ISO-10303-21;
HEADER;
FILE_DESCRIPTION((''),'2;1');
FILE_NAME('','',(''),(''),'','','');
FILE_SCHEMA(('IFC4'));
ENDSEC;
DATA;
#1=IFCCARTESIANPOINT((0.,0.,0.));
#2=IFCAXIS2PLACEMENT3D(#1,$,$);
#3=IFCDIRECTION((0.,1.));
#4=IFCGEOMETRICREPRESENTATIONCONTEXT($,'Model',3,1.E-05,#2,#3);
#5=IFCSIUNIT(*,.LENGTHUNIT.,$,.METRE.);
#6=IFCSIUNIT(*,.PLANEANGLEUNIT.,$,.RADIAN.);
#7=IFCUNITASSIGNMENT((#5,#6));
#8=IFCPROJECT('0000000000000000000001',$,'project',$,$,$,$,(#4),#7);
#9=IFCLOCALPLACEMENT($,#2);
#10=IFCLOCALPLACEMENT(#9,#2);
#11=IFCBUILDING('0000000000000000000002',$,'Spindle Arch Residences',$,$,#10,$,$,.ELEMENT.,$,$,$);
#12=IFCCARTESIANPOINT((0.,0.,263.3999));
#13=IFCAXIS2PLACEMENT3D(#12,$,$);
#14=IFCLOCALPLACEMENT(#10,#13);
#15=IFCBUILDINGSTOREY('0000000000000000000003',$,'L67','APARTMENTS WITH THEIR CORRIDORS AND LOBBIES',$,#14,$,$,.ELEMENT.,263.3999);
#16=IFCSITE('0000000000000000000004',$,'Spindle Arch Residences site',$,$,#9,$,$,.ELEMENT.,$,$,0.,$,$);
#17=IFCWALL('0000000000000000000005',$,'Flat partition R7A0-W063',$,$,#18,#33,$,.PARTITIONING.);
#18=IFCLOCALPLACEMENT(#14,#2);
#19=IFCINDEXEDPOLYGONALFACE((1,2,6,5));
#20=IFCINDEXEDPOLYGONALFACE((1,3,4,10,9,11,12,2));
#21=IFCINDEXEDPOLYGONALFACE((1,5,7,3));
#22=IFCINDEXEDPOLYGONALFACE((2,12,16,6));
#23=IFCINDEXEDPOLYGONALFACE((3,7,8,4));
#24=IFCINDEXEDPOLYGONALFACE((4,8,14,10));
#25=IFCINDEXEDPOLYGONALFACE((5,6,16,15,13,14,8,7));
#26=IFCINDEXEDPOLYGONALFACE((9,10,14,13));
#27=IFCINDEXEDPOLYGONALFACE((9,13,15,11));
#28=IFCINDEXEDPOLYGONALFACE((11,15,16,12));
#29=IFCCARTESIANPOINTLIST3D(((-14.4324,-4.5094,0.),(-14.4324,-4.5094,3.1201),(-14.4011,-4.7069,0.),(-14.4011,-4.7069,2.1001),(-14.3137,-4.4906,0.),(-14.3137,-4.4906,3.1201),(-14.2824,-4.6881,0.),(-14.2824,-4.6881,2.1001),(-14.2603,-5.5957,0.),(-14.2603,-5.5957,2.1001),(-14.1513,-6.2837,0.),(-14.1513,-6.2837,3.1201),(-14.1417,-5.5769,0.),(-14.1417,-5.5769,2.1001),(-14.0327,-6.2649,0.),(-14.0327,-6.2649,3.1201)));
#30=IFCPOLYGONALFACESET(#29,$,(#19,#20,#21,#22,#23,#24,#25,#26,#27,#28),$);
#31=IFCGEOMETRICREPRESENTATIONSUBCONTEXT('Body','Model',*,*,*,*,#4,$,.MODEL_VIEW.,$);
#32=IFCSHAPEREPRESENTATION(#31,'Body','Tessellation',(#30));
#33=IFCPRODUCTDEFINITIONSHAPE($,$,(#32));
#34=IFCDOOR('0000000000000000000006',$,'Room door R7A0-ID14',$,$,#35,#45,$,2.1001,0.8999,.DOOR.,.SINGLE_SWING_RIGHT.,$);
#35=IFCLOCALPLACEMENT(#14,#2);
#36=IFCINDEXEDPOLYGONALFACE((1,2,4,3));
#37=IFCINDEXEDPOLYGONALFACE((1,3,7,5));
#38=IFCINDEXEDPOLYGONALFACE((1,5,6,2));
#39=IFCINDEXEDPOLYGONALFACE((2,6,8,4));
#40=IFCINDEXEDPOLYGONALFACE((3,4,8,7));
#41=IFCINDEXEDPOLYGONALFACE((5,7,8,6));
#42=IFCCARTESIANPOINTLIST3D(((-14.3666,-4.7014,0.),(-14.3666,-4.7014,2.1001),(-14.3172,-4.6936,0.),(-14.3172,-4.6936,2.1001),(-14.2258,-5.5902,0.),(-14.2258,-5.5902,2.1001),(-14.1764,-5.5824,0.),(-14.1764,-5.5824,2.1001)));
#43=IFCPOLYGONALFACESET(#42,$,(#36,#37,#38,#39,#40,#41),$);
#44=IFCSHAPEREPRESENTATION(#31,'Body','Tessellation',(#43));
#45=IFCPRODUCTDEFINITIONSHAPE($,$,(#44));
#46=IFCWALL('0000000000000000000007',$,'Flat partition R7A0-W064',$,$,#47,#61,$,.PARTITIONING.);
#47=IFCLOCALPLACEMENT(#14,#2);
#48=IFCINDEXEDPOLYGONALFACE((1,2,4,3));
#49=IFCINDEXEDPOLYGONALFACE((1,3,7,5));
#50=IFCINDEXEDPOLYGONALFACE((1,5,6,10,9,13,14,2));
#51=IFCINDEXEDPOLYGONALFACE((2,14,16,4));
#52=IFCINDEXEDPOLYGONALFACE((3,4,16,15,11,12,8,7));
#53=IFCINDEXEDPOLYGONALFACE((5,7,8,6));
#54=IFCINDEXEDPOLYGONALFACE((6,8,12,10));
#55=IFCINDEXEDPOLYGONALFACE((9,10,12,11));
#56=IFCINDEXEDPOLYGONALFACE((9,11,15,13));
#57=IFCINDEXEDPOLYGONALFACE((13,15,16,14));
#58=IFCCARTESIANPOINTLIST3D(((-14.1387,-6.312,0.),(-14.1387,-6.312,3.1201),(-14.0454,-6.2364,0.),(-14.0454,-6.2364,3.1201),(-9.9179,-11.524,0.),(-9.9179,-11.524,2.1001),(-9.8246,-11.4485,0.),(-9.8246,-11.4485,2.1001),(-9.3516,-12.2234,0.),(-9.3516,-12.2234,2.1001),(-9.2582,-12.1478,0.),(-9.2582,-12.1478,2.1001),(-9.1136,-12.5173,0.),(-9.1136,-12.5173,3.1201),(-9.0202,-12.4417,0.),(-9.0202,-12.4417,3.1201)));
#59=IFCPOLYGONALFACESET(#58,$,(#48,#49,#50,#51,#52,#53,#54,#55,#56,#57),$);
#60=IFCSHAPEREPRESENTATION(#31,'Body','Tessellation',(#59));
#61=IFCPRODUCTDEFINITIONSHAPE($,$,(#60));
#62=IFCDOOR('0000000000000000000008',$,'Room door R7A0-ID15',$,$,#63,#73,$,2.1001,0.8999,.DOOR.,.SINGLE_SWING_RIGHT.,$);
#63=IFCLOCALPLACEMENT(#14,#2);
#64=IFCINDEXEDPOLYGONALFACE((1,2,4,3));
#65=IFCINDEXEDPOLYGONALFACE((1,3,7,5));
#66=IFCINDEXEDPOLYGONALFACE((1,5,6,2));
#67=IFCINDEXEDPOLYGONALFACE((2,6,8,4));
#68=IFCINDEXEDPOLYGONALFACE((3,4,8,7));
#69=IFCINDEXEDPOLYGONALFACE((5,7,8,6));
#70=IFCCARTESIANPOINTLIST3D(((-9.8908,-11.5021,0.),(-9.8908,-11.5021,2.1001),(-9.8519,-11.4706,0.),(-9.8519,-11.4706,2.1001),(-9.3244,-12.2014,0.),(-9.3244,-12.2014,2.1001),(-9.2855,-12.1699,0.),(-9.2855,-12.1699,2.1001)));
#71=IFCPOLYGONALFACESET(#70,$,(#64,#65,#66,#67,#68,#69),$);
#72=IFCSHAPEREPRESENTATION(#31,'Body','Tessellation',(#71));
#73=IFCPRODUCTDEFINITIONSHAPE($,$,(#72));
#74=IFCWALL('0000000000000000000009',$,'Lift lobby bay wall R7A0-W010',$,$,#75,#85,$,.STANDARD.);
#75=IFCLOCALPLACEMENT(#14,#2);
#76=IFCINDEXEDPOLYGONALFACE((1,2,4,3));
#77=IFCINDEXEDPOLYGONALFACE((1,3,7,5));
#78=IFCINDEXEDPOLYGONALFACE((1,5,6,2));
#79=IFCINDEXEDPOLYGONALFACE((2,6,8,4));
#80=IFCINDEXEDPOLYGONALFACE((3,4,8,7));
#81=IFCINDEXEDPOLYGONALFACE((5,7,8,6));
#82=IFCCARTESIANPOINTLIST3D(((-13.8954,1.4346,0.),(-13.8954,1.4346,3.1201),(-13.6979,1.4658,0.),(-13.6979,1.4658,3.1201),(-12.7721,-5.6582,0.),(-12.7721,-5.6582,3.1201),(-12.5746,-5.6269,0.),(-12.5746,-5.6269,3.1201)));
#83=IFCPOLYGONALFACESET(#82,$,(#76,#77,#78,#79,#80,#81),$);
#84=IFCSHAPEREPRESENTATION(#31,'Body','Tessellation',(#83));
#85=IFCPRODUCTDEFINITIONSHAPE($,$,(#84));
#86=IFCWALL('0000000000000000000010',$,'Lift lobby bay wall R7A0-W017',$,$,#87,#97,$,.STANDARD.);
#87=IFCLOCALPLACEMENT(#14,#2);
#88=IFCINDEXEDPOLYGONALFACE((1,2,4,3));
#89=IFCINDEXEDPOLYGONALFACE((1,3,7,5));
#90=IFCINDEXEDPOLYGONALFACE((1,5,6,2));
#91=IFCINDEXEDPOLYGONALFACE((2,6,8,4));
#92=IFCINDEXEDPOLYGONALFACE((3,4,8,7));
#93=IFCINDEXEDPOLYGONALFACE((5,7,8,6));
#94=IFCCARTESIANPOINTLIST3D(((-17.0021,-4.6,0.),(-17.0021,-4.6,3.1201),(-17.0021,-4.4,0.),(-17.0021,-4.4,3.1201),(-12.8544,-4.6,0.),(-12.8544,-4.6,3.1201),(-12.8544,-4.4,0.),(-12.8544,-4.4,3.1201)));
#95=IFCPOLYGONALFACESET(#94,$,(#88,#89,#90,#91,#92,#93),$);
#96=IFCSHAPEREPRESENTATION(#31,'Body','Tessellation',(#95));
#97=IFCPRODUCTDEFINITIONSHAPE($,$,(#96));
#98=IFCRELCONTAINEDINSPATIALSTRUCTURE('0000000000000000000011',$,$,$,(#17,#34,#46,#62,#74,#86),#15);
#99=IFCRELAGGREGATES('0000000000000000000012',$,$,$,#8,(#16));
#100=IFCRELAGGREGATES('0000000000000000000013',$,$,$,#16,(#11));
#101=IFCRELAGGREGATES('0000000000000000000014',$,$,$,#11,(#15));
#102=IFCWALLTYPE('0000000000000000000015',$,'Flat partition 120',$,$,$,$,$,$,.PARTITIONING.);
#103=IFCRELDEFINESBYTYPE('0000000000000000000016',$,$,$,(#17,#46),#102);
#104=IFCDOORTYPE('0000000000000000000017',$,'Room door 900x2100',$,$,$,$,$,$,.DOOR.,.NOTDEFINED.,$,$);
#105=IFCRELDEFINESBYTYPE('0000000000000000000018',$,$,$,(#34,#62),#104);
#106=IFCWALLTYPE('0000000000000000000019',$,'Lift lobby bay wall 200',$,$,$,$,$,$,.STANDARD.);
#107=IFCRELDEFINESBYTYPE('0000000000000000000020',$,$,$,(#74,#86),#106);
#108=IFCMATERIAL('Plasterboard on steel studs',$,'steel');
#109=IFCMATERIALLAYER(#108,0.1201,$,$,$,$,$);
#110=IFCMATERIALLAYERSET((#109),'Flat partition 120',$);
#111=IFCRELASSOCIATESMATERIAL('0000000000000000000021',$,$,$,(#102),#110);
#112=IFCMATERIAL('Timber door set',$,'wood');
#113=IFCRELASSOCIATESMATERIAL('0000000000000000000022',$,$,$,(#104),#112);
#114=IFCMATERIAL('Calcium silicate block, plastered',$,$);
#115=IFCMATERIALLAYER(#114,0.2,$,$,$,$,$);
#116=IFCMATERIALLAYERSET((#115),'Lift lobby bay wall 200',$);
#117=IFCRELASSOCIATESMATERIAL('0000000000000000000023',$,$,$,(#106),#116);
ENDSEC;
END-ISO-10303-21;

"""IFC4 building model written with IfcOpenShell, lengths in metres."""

from ifc_helpers import new_model, si_unit, direction, frame, frame_2d, origin, place, context, subcontext, project, spatial, rectangle, extrude, material, layer, layer_set, type_object, element, fill, save


model = new_model("IFC4")

# Units and contexts
model_context = context("Model", 3, precision=1e-05, world=origin(), true_north=direction((0.0, 1.0)))
body_context = subcontext(model_context, "Body", "Model", "MODEL_VIEW")
ifc_project = project(units=[si_unit("LENGTHUNIT", "METRE"), si_unit("PLANEANGLEUNIT", "RADIAN")], contexts=[model_context])

# Site, building, storey
site_placement = place(None, origin())
site = spatial("IfcSite", under=ifc_project, at=site_placement, Name="Spindle Arch Residences site", CompositionType="ELEMENT", RefElevation=0.0)
building_placement = place(site_placement, origin())
building = spatial("IfcBuilding", under=site, at=building_placement, Name="Spindle Arch Residences", CompositionType="ELEMENT")
storey_placement = place(building_placement, frame((0.0, 0.0, 263.3999)))
storey = spatial("IfcBuildingStorey", under=building, at=storey_placement, Name="L67", Description="APARTMENTS WITH THEIR CORRIDORS AND LOBBIES", CompositionType="ELEMENT", Elevation=263.3999)

# Walls, openings, doors
ifc_material_1 = material(Name="Plasterboard on steel studs", Category="steel")
ifc_layer_1 = layer(ifc_material_1, 0.1201)
ifc_layer_set_1 = layer_set([ifc_layer_1], Name="Flat partition 120")
wall_type_1 = type_object("IfcWallType", Name="Flat partition 120", PredefinedType="PARTITIONING", material=ifc_layer_set_1)
wall_1_placement = place(storey_placement, frame((-14.373, -4.5, 0.0), z_axis=(0.0, 0.0, 1.0), x_axis=(0.156437, -0.987688, 0.0)))
wall_1 = element("IfcWall", 1, at=wall_1_placement, inside=storey, type_object=wall_type_1, Name="Flat partition R7A0-W063", PredefinedType="PARTITIONING", context=body_context, shape_type="SweptSolid", body=[
    extrude(rectangle(XDim=1.7964, YDim=0.1201, at=frame_2d((0.8982, 0.0))), origin(), (0.0, 0.0, 1.0), 3.1201),
])
opening_1_placement = place(wall_1_placement, frame((0.2, 0.0, 0.0)))
opening_1 = element("IfcOpeningElement", 2, at=opening_1_placement, cuts=wall_1, PredefinedType="OPENING", context=body_context, shape_type="SweptSolid", body=[
    extrude(rectangle(XDim=0.8999, YDim=2.1001, at=frame_2d((0.45, 1.05))), frame((0.0, 0.0701, 0.0), z_axis=(0.0, -1.0, 0.0), x_axis=(1.0, 0.0, 0.0)), (0.0, 0.0, 1.0), 0.1401),
])
ifc_material_2 = material(Name="Timber door set", Category="wood")
door_type_1 = type_object("IfcDoorType", Name="Room door 900x2100", OperationType="NOTDEFINED", PredefinedType="DOOR", material=ifc_material_2)
door_1_placement = place(opening_1_placement, origin())
door_1 = element("IfcDoor", 3, at=door_1_placement, inside=storey, type_object=door_type_1, Name="Room door R7A0-ID14", OperationType="SINGLE_SWING_RIGHT", OverallHeight=2.1001, OverallWidth=0.8999, PredefinedType="DOOR", context=body_context, shape_type="SweptSolid", body=[
    extrude(rectangle(XDim=0.8999, YDim=2.1001, at=frame_2d((0.45, 1.05))), frame((0.0, 0.0249, 0.0), z_axis=(0.0, -1.0, 0.0), x_axis=(1.0, 0.0, 0.0)), (0.0, 0.0, 1.0), 0.05),
])
fill(opening_1, door_1)
wall_2_placement = place(storey_placement, frame((-14.092, -6.2742, 0.0), z_axis=(0.0, 0.0, 1.0), x_axis=(0.629334, -0.777135, 0.0)))
wall_2 = element("IfcWall", 4, at=wall_2_placement, inside=storey, type_object=wall_type_1, Name="Flat partition R7A0-W064", PredefinedType="PARTITIONING", context=body_context, shape_type="SweptSolid", body=[
    extrude(rectangle(XDim=7.9849, YDim=0.1201, at=frame_2d((3.9924, 0.0))), origin(), (0.0, 0.0, 1.0), 3.1201),
])
opening_2_placement = place(wall_2_placement, frame((6.7068, 0.0, 0.0)))
opening_2 = element("IfcOpeningElement", 5, at=opening_2_placement, cuts=wall_2, PredefinedType="OPENING", context=body_context, shape_type="SweptSolid", body=[
    extrude(rectangle(XDim=0.8999, YDim=2.1001, at=frame_2d((0.45, 1.05))), frame((0.0, 0.0701, 0.0), z_axis=(0.0, -1.0, 0.0), x_axis=(1.0, 0.0, 0.0)), (0.0, 0.0, 1.0), 0.1401),
])
door_2_placement = place(opening_2_placement, origin())
door_2 = element("IfcDoor", 6, at=door_2_placement, inside=storey, type_object=door_type_1, Name="Room door R7A0-ID15", OperationType="SINGLE_SWING_RIGHT", OverallHeight=2.1001, OverallWidth=0.8999, PredefinedType="DOOR", context=body_context, shape_type="SweptSolid", body=[
    extrude(rectangle(XDim=0.8999, YDim=2.1001, at=frame_2d((0.45, 1.05))), frame((0.0, 0.0249, 0.0), z_axis=(0.0, -1.0, 0.0), x_axis=(1.0, 0.0, 0.0)), (0.0, 0.0, 1.0), 0.05),
])
fill(opening_2, door_2)

# Walls
ifc_material_3 = material(Name="Calcium silicate block, plastered")
ifc_layer_2 = layer(ifc_material_3, 0.2)
ifc_layer_set_2 = layer_set([ifc_layer_2], Name="Lift lobby bay wall 200")
wall_type_2 = type_object("IfcWallType", Name="Lift lobby bay wall 200", PredefinedType="STANDARD", material=ifc_layer_set_2)
wall_3_placement = place(storey_placement, frame((-13.7966, 1.4502, 0.0), z_axis=(0.0, 0.0, 1.0), x_axis=(0.156422, -0.98769, 0.0)))
element("IfcWall", 7, at=wall_3_placement, inside=storey, type_object=wall_type_2, Name="Lift lobby bay wall R7A0-W010", PredefinedType="STANDARD", context=body_context, shape_type="SweptSolid", body=[
    extrude(rectangle(XDim=7.1812, YDim=0.2, at=frame_2d((3.5906, 0.0))), origin(), (0.0, 0.0, 1.0), 3.1201),
])
wall_4_placement = place(storey_placement, frame((-17.002, -4.5, 0.0), z_axis=(0.0, 0.0, 1.0), x_axis=(1.0, 0.0, 0.0)))
element("IfcWall", 8, at=wall_4_placement, inside=storey, type_object=wall_type_2, Name="Lift lobby bay wall R7A0-W017", PredefinedType="STANDARD", context=body_context, shape_type="SweptSolid", body=[
    extrude(rectangle(XDim=4.1477, YDim=0.2, at=frame_2d((2.0737, 0.0))), origin(), (0.0, 0.0, 1.0), 3.1201),
])

save(model, "model.ifc")
